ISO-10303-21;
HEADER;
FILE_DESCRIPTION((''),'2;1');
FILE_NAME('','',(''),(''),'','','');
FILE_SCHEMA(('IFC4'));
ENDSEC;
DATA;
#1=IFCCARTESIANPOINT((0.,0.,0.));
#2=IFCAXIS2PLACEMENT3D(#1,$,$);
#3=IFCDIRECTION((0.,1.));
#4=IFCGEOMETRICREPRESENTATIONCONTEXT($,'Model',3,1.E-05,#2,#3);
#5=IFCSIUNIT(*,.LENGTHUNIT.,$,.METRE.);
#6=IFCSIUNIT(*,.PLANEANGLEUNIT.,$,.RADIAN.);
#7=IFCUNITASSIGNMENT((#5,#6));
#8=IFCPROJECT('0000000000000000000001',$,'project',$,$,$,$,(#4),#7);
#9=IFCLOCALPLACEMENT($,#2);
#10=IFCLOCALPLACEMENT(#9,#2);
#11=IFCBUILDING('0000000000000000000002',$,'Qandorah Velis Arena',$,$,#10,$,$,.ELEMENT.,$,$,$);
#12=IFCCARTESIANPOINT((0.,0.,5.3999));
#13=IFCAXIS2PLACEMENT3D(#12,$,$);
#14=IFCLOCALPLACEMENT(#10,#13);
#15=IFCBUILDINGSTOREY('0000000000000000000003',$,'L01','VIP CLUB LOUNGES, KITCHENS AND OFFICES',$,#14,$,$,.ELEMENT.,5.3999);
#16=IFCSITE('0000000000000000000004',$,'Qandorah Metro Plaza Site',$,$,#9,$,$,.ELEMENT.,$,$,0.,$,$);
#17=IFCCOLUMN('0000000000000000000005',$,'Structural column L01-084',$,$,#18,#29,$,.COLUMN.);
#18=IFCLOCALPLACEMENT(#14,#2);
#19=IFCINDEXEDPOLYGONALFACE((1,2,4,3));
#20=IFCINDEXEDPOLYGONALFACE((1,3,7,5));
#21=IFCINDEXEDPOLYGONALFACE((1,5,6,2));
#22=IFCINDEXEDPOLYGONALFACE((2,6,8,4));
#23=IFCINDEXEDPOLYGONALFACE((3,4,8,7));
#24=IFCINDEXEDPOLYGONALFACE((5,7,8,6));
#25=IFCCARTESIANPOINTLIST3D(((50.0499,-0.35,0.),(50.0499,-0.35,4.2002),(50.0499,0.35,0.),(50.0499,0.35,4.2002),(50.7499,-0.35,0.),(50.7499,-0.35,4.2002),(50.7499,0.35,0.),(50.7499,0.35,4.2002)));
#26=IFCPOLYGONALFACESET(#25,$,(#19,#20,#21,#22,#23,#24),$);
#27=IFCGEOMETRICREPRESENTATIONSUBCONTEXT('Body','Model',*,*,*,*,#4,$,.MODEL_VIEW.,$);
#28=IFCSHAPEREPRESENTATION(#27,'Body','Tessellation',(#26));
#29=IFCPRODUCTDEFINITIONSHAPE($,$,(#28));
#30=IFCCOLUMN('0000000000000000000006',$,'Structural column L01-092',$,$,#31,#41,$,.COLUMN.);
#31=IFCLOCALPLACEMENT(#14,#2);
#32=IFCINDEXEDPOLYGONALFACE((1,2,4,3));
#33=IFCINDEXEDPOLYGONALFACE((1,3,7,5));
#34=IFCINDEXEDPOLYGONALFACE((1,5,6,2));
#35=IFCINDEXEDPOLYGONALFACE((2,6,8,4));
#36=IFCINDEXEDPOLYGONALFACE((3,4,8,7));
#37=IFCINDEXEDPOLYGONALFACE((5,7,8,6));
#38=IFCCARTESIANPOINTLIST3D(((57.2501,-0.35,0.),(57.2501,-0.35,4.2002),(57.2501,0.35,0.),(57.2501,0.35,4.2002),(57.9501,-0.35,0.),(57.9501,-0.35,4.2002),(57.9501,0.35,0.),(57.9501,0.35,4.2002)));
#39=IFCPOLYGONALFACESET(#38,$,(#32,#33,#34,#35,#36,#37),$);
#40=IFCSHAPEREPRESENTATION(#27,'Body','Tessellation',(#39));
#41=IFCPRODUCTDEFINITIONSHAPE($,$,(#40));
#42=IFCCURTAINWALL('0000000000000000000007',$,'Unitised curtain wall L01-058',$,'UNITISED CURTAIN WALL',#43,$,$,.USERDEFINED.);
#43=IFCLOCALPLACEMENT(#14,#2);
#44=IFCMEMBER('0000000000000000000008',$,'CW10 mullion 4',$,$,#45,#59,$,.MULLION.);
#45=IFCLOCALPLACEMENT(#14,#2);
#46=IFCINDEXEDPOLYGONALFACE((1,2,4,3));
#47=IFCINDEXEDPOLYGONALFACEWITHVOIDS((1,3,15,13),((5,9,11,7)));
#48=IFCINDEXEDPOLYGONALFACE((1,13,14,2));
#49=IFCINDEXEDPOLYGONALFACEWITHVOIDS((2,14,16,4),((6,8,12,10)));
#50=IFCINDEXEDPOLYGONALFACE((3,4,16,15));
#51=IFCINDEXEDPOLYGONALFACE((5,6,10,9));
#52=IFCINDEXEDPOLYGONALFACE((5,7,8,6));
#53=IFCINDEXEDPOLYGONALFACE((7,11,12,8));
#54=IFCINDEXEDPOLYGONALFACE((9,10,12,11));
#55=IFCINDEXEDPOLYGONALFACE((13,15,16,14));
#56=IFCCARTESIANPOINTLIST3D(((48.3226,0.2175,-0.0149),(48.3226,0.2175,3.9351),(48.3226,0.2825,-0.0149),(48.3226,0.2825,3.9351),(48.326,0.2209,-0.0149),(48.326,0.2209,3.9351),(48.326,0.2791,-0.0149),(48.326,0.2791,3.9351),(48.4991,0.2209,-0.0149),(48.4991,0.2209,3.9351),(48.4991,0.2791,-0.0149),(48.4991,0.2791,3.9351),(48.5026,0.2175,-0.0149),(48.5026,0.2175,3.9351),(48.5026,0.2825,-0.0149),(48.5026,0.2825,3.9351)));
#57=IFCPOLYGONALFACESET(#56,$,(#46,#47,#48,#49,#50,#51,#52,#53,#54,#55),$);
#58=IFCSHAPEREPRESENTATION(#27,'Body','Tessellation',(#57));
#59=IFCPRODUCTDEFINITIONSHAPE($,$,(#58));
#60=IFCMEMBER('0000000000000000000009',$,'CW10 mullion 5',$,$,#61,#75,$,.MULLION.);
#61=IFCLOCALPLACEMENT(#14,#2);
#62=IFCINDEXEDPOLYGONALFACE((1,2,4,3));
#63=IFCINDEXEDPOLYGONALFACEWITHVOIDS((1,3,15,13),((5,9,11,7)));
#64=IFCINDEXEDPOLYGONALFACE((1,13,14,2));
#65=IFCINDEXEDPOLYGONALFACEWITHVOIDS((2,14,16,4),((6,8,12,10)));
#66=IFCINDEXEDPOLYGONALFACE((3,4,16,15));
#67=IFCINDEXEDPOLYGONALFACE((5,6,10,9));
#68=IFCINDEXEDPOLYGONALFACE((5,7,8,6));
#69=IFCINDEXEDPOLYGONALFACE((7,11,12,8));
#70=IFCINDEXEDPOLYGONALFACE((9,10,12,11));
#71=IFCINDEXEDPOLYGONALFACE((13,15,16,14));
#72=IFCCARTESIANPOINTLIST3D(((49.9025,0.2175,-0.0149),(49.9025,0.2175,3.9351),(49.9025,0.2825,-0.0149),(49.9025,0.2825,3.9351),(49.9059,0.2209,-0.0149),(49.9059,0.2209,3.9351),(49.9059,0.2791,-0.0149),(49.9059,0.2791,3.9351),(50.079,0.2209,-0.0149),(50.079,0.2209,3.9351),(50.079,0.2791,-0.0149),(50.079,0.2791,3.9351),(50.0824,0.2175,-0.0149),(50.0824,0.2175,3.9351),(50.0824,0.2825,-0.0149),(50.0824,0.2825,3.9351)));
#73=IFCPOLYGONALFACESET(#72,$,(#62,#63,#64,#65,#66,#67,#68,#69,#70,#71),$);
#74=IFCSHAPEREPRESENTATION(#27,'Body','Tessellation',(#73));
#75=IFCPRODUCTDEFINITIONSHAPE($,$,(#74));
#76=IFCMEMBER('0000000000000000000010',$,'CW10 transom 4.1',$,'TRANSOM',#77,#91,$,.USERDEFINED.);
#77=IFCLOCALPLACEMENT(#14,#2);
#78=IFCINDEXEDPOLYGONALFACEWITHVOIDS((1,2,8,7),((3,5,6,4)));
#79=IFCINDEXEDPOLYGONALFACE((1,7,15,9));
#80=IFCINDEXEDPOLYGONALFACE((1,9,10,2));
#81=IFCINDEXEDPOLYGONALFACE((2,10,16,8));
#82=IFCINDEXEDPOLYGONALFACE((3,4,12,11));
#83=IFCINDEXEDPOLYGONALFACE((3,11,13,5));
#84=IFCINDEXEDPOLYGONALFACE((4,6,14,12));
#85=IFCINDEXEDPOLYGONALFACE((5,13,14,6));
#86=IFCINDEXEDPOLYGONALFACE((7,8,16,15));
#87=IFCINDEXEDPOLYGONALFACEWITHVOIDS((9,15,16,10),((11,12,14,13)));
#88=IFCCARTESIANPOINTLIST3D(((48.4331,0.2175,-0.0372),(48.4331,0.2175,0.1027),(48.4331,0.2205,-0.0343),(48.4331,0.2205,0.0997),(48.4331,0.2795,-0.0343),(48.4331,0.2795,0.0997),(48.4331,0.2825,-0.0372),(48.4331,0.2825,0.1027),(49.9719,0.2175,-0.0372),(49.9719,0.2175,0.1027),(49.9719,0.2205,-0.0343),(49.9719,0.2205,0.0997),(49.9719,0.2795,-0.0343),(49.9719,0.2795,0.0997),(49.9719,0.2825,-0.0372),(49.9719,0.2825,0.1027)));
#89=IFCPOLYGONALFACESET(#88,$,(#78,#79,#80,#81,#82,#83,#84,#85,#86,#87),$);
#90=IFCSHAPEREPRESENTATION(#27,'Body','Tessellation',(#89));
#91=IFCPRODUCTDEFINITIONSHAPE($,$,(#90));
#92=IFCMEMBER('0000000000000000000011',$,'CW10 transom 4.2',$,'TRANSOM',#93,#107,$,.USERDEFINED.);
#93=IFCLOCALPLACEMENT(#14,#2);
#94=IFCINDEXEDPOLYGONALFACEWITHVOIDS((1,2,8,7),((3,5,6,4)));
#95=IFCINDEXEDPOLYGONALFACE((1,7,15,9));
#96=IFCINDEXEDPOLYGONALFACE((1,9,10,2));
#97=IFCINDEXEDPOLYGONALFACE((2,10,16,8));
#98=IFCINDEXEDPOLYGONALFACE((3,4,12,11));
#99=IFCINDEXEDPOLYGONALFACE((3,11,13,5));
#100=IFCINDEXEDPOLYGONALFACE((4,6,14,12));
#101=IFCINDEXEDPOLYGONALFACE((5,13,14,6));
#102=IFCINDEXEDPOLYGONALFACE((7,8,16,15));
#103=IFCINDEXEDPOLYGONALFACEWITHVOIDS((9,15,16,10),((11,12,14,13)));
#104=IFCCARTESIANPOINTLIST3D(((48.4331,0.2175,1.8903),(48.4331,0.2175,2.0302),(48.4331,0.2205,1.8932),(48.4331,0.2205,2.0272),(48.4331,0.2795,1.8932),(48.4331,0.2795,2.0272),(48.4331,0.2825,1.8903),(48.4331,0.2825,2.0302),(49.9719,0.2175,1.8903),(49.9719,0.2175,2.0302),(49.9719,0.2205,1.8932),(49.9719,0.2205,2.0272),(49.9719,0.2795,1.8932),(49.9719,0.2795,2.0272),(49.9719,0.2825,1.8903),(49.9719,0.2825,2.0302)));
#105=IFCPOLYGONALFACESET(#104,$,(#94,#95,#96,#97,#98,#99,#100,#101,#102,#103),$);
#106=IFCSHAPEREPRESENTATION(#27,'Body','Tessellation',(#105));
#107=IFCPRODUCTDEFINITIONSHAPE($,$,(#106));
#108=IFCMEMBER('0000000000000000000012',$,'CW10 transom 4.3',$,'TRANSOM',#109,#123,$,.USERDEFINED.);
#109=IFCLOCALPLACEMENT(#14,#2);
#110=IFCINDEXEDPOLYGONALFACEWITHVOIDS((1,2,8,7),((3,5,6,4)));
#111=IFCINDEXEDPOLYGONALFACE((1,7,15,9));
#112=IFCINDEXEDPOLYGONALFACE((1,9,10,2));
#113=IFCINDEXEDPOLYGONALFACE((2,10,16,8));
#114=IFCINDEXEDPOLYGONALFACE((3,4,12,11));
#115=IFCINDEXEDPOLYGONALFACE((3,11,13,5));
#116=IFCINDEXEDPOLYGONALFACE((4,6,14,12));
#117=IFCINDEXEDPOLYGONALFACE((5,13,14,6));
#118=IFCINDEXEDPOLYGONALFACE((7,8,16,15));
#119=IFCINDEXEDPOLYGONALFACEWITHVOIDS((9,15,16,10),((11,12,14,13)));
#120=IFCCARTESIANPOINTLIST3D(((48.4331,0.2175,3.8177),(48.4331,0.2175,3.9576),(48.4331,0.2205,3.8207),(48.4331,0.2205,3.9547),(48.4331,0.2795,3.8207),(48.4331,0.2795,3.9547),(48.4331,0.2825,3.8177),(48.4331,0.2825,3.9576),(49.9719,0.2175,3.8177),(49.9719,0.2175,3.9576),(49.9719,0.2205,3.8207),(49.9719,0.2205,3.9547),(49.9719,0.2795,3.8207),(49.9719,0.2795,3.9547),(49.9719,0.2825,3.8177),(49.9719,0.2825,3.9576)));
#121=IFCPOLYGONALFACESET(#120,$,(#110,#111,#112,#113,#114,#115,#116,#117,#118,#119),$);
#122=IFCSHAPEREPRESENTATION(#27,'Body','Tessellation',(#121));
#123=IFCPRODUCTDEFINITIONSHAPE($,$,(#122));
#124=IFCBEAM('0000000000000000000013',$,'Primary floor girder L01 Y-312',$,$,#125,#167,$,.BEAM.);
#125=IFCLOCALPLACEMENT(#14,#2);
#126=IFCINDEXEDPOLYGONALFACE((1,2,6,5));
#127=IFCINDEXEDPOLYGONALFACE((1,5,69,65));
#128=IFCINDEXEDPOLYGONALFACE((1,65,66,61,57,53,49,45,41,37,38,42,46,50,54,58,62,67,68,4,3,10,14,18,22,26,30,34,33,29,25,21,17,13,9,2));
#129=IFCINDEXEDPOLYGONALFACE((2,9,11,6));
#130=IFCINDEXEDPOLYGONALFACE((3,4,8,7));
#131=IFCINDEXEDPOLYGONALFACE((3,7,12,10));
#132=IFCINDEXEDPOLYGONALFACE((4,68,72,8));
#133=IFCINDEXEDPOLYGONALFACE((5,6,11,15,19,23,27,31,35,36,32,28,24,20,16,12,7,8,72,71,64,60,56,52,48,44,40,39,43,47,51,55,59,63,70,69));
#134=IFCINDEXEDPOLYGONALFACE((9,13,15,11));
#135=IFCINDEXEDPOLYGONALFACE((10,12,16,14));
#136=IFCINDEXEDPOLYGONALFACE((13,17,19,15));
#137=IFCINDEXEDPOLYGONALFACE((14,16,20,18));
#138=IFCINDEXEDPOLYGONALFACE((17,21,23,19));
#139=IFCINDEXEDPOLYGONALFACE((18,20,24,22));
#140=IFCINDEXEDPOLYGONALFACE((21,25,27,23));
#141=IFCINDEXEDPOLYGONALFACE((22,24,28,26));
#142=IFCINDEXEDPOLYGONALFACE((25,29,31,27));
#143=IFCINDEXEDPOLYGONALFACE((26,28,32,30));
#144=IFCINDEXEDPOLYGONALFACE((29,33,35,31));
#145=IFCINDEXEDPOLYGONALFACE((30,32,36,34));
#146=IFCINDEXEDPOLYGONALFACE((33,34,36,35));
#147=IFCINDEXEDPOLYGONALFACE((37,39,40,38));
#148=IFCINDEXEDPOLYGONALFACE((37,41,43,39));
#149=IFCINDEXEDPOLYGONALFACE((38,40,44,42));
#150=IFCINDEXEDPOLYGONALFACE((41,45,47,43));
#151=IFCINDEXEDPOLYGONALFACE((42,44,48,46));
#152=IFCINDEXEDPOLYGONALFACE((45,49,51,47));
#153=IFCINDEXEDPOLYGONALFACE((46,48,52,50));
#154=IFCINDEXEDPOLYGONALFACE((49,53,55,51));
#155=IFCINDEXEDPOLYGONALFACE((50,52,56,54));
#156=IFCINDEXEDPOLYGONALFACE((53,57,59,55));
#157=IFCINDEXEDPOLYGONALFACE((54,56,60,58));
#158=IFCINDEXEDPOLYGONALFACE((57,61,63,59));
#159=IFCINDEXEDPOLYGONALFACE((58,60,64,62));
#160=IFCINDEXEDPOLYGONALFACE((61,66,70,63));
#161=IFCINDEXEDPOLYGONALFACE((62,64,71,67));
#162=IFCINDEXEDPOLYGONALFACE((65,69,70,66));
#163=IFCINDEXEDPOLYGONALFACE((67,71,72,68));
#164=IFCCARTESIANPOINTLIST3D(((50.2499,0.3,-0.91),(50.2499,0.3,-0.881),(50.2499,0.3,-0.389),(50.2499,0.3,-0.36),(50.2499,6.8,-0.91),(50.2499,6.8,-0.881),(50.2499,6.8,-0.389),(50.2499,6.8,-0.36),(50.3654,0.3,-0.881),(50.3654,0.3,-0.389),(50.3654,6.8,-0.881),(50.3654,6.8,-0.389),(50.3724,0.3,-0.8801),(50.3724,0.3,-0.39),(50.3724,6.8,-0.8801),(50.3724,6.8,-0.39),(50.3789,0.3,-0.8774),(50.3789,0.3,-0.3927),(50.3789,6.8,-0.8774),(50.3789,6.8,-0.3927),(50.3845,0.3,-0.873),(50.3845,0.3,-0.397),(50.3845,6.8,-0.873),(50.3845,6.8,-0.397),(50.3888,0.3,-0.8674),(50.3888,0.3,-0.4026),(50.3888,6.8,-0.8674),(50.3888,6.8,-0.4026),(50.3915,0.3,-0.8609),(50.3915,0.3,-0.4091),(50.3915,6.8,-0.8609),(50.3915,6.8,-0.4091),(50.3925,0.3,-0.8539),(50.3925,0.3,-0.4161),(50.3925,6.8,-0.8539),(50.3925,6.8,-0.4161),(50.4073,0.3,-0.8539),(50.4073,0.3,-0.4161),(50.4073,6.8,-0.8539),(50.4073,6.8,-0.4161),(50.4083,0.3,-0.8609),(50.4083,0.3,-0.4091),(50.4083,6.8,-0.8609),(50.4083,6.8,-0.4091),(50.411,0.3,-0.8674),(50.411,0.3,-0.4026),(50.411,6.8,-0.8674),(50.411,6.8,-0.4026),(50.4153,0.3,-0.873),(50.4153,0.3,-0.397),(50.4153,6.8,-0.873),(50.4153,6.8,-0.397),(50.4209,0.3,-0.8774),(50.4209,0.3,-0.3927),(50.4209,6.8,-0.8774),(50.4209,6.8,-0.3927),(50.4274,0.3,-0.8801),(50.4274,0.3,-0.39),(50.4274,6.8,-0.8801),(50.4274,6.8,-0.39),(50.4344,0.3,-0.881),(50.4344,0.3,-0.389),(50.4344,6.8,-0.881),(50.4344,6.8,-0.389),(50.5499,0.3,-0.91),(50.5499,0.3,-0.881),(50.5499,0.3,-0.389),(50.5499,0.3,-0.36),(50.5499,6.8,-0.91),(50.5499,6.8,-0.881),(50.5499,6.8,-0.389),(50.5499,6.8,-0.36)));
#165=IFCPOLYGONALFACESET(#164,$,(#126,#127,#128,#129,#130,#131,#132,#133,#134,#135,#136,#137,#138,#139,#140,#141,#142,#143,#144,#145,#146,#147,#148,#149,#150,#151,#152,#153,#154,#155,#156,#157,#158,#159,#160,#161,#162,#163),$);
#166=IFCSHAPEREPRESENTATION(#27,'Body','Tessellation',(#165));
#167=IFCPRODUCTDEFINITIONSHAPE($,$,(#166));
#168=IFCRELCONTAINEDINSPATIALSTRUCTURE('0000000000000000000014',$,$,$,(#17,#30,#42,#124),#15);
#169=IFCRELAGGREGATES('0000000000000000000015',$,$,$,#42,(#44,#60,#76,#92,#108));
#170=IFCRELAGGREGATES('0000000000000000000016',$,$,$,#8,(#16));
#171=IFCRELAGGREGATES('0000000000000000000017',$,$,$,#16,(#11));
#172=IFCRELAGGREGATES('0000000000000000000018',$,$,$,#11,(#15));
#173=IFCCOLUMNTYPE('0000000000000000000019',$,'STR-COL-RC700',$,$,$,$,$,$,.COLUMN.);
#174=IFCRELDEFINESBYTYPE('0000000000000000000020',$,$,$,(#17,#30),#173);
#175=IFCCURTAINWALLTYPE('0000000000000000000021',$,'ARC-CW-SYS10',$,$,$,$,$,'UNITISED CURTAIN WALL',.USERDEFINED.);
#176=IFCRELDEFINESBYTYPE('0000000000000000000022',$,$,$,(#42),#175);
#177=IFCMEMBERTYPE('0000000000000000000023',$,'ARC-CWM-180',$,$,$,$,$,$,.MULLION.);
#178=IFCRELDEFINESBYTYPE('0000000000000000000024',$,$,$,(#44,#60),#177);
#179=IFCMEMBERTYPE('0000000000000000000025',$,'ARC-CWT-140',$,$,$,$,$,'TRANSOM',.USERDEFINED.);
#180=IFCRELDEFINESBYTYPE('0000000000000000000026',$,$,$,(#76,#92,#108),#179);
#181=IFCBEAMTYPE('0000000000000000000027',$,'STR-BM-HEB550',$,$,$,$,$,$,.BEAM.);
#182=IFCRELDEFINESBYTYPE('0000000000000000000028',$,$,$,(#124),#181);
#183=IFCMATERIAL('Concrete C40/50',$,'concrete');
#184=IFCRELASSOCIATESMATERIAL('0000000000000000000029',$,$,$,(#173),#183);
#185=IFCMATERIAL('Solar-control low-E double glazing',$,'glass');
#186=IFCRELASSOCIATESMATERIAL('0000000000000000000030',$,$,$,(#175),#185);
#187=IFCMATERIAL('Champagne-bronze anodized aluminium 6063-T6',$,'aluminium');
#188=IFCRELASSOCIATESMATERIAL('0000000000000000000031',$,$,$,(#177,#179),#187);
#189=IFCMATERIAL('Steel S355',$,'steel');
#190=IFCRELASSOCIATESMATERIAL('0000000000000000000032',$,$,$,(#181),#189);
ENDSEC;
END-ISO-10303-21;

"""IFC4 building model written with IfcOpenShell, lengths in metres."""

from ifc_helpers import new_model, si_unit, direction, frame, origin, origin_2d, place, context, subcontext, project, spatial, rectangle, hollow_rectangle, i_section, extrude, material, material_profile, profile_set, type_object, element, aggregate, save


model = new_model("IFC4")

# Units and contexts
model_context = context("Model", 3, precision=1e-05, world=origin(), true_north=direction((0.0, 1.0)))
body_context = subcontext(model_context, "Body", "Model", "MODEL_VIEW")
ifc_project = project(units=[si_unit("LENGTHUNIT", "METRE"), si_unit("PLANEANGLEUNIT", "RADIAN")], contexts=[model_context])

# Site, building, storey
site_placement = place(None, origin())
site = spatial("IfcSite", under=ifc_project, at=site_placement, Name="Qandorah Metro Plaza Site", CompositionType="ELEMENT", RefElevation=0.0)
building_placement = place(site_placement, origin())
building = spatial("IfcBuilding", under=site, at=building_placement, Name="Qandorah Velis Arena", CompositionType="ELEMENT")
storey_placement = place(building_placement, frame((0.0, 0.0, 5.3999)))
storey = spatial("IfcBuildingStorey", under=building, at=storey_placement, Name="L01", Description="VIP CLUB LOUNGES, KITCHENS AND OFFICES", CompositionType="ELEMENT", Elevation=5.3999)

# Columns
ifc_material_1 = material(Name="Concrete C40/50", Category="concrete")
ifc_material_profile_1 = material_profile(ifc_material_1, rectangle(XDim=0.7, YDim=0.7, at=origin_2d()), Name="RC COL 700x700")
ifc_profile_set_1 = profile_set([ifc_material_profile_1], Name="Concrete C40/50")
column_type = type_object("IfcColumnType", Name="STR-COL-RC700", PredefinedType="COLUMN", material=ifc_profile_set_1)
for number, where, z_axis, x_axis, name in (
    (1, (50.3999, 0.0, 0.0), (0.0, 0.0, 1.0), (1.0, 0.0, 0.0), "Structural column L01-084"),
    (2, (57.6001, 0.0, 0.0), (0.0, 0.0, 1.0), (1.0, 0.0, 0.0), "Structural column L01-092"),
):
    element("IfcColumn", number, at=place(storey_placement, frame(where, z_axis=z_axis, x_axis=x_axis)), inside=storey, type_object=column_type, Name=name, PredefinedType="COLUMN", context=body_context, shape_type="SweptSolid", body=[
        extrude(rectangle(XDim=0.7, YDim=0.7, at=origin_2d()), origin(), (0.0, 0.0, 1.0), 4.2002),
    ])

# Curtain wall, members
ifc_material_2 = material(Name="Solar-control low-E double glazing", Category="glass")
curtain_wall_type = type_object("IfcCurtainWallType", Name="ARC-CW-SYS10", ElementType="UNITISED CURTAIN WALL", PredefinedType="USERDEFINED", material=ifc_material_2)
curtain_wall_placement = place(storey_placement, origin())
curtain_wall = element("IfcCurtainWall", 3, at=curtain_wall_placement, inside=storey, type_object=curtain_wall_type, Name="Unitised curtain wall L01-058", ObjectType="UNITISED CURTAIN WALL", PredefinedType="USERDEFINED")
ifc_material_3 = material(Name="Champagne-bronze anodized aluminium 6063-T6", Category="aluminium")
ifc_material_profile_2 = material_profile(ifc_material_3, hollow_rectangle(XDim=0.0649, YDim=0.1799, WallThickness=0.0034, at=origin_2d()), Name="ALU MULLION 65x180")
ifc_profile_set_2 = profile_set([ifc_material_profile_2], Name="Champagne-bronze anodized aluminium 6063-T6")
member_type_1 = type_object("IfcMemberType", Name="ARC-CWM-180", PredefinedType="MULLION", material=ifc_profile_set_2)
member_1_placement = place(storey_placement, frame((48.4126, 0.25, -0.0149), z_axis=(0.0, 0.0, 1.0), x_axis=(0.0, 1.0, 0.0)))
member_1 = element("IfcMember", 4, at=member_1_placement, type_object=member_type_1, Name="CW10 mullion 4", PredefinedType="MULLION", context=body_context, shape_type="SweptSolid", body=[
    extrude(hollow_rectangle(XDim=0.0649, YDim=0.1799, WallThickness=0.0034, at=origin_2d()), origin(), (0.0, 0.0, 1.0), 3.95),
])
member_2_placement = place(storey_placement, frame((49.9924, 0.25, -0.0149), z_axis=(0.0, 0.0, 1.0), x_axis=(0.0, 1.0, 0.0)))
member_2 = element("IfcMember", 5, at=member_2_placement, type_object=member_type_1, Name="CW10 mullion 5", PredefinedType="MULLION", context=body_context, shape_type="SweptSolid", body=[
    extrude(hollow_rectangle(XDim=0.0649, YDim=0.1799, WallThickness=0.0034, at=origin_2d()), origin(), (0.0, 0.0, 1.0), 3.95),
])
ifc_material_profile_3 = material_profile(ifc_material_3, hollow_rectangle(XDim=0.0649, YDim=0.1399, WallThickness=0.0029, at=origin_2d()), Name="ALU TRANSOM 65x140")
ifc_profile_set_3 = profile_set([ifc_material_profile_3], Name="Champagne-bronze anodized aluminium 6063-T6")
member_type_2 = type_object("IfcMemberType", Name="ARC-CWT-140", ElementType="TRANSOM", PredefinedType="USERDEFINED", material=ifc_profile_set_3)
member_3_placement = place(storey_placement, frame((48.4331, 0.25, 0.0327), z_axis=(1.0, 0.0, 0.0), x_axis=(0.0, 1.0, 0.0)))
member_3 = element("IfcMember", 6, at=member_3_placement, type_object=member_type_2, Name="CW10 transom 4.1", ObjectType="TRANSOM", PredefinedType="USERDEFINED", context=body_context, shape_type="SweptSolid", body=[
    extrude(hollow_rectangle(XDim=0.0649, YDim=0.1399, WallThickness=0.0029, at=origin_2d()), origin(), (0.0, 0.0, 1.0), 1.5388),
])
member_4_placement = place(storey_placement, frame((48.4331, 0.25, 1.9602), z_axis=(1.0, 0.0, 0.0), x_axis=(0.0, 1.0, 0.0)))
member_4 = element("IfcMember", 7, at=member_4_placement, type_object=member_type_2, Name="CW10 transom 4.2", ObjectType="TRANSOM", PredefinedType="USERDEFINED", context=body_context, shape_type="SweptSolid", body=[
    extrude(hollow_rectangle(XDim=0.0649, YDim=0.1399, WallThickness=0.0029, at=origin_2d()), origin(), (0.0, 0.0, 1.0), 1.5388),
])
member_5_placement = place(storey_placement, frame((48.4331, 0.25, 3.8877), z_axis=(1.0, 0.0, 0.0), x_axis=(0.0, 1.0, 0.0)))
member_5 = element("IfcMember", 8, at=member_5_placement, type_object=member_type_2, Name="CW10 transom 4.3", ObjectType="TRANSOM", PredefinedType="USERDEFINED", context=body_context, shape_type="SweptSolid", body=[
    extrude(hollow_rectangle(XDim=0.0649, YDim=0.1399, WallThickness=0.0029, at=origin_2d()), origin(), (0.0, 0.0, 1.0), 1.5388),
])

# Beam
ifc_material_4 = material(Name="Steel S355", Category="steel")
ifc_material_profile_4 = material_profile(ifc_material_4, i_section(OverallWidth=0.3, OverallDepth=0.55, WebThickness=0.0149, FlangeThickness=0.0291, FilletRadius=0.0271, at=origin_2d()), Name="HEB 550")
ifc_profile_set_4 = profile_set([ifc_material_profile_4], Name="Steel S355")
beam_type_1 = type_object("IfcBeamType", Name="STR-BM-HEB550", PredefinedType="BEAM", material=ifc_profile_set_4)
beam_placement = place(storey_placement, frame((50.3999, 0.3, -0.635), z_axis=(0.0, 1.0, 0.0), x_axis=(-1.0, 0.0, 0.0)))
element("IfcBeam", 9, at=beam_placement, inside=storey, type_object=beam_type_1, Name="Primary floor girder L01 Y-312", PredefinedType="BEAM", context=body_context, shape_type="SweptSolid", body=[
    extrude(i_section(OverallWidth=0.3, OverallDepth=0.55, WebThickness=0.0149, FlangeThickness=0.0291, FilletRadius=0.0271, at=origin_2d()), origin(), (0.0, 0.0, 1.0), 6.5),
])

aggregate(curtain_wall, [member_1, member_2, member_3, member_4, member_5])

save(model, "model.ifc")
